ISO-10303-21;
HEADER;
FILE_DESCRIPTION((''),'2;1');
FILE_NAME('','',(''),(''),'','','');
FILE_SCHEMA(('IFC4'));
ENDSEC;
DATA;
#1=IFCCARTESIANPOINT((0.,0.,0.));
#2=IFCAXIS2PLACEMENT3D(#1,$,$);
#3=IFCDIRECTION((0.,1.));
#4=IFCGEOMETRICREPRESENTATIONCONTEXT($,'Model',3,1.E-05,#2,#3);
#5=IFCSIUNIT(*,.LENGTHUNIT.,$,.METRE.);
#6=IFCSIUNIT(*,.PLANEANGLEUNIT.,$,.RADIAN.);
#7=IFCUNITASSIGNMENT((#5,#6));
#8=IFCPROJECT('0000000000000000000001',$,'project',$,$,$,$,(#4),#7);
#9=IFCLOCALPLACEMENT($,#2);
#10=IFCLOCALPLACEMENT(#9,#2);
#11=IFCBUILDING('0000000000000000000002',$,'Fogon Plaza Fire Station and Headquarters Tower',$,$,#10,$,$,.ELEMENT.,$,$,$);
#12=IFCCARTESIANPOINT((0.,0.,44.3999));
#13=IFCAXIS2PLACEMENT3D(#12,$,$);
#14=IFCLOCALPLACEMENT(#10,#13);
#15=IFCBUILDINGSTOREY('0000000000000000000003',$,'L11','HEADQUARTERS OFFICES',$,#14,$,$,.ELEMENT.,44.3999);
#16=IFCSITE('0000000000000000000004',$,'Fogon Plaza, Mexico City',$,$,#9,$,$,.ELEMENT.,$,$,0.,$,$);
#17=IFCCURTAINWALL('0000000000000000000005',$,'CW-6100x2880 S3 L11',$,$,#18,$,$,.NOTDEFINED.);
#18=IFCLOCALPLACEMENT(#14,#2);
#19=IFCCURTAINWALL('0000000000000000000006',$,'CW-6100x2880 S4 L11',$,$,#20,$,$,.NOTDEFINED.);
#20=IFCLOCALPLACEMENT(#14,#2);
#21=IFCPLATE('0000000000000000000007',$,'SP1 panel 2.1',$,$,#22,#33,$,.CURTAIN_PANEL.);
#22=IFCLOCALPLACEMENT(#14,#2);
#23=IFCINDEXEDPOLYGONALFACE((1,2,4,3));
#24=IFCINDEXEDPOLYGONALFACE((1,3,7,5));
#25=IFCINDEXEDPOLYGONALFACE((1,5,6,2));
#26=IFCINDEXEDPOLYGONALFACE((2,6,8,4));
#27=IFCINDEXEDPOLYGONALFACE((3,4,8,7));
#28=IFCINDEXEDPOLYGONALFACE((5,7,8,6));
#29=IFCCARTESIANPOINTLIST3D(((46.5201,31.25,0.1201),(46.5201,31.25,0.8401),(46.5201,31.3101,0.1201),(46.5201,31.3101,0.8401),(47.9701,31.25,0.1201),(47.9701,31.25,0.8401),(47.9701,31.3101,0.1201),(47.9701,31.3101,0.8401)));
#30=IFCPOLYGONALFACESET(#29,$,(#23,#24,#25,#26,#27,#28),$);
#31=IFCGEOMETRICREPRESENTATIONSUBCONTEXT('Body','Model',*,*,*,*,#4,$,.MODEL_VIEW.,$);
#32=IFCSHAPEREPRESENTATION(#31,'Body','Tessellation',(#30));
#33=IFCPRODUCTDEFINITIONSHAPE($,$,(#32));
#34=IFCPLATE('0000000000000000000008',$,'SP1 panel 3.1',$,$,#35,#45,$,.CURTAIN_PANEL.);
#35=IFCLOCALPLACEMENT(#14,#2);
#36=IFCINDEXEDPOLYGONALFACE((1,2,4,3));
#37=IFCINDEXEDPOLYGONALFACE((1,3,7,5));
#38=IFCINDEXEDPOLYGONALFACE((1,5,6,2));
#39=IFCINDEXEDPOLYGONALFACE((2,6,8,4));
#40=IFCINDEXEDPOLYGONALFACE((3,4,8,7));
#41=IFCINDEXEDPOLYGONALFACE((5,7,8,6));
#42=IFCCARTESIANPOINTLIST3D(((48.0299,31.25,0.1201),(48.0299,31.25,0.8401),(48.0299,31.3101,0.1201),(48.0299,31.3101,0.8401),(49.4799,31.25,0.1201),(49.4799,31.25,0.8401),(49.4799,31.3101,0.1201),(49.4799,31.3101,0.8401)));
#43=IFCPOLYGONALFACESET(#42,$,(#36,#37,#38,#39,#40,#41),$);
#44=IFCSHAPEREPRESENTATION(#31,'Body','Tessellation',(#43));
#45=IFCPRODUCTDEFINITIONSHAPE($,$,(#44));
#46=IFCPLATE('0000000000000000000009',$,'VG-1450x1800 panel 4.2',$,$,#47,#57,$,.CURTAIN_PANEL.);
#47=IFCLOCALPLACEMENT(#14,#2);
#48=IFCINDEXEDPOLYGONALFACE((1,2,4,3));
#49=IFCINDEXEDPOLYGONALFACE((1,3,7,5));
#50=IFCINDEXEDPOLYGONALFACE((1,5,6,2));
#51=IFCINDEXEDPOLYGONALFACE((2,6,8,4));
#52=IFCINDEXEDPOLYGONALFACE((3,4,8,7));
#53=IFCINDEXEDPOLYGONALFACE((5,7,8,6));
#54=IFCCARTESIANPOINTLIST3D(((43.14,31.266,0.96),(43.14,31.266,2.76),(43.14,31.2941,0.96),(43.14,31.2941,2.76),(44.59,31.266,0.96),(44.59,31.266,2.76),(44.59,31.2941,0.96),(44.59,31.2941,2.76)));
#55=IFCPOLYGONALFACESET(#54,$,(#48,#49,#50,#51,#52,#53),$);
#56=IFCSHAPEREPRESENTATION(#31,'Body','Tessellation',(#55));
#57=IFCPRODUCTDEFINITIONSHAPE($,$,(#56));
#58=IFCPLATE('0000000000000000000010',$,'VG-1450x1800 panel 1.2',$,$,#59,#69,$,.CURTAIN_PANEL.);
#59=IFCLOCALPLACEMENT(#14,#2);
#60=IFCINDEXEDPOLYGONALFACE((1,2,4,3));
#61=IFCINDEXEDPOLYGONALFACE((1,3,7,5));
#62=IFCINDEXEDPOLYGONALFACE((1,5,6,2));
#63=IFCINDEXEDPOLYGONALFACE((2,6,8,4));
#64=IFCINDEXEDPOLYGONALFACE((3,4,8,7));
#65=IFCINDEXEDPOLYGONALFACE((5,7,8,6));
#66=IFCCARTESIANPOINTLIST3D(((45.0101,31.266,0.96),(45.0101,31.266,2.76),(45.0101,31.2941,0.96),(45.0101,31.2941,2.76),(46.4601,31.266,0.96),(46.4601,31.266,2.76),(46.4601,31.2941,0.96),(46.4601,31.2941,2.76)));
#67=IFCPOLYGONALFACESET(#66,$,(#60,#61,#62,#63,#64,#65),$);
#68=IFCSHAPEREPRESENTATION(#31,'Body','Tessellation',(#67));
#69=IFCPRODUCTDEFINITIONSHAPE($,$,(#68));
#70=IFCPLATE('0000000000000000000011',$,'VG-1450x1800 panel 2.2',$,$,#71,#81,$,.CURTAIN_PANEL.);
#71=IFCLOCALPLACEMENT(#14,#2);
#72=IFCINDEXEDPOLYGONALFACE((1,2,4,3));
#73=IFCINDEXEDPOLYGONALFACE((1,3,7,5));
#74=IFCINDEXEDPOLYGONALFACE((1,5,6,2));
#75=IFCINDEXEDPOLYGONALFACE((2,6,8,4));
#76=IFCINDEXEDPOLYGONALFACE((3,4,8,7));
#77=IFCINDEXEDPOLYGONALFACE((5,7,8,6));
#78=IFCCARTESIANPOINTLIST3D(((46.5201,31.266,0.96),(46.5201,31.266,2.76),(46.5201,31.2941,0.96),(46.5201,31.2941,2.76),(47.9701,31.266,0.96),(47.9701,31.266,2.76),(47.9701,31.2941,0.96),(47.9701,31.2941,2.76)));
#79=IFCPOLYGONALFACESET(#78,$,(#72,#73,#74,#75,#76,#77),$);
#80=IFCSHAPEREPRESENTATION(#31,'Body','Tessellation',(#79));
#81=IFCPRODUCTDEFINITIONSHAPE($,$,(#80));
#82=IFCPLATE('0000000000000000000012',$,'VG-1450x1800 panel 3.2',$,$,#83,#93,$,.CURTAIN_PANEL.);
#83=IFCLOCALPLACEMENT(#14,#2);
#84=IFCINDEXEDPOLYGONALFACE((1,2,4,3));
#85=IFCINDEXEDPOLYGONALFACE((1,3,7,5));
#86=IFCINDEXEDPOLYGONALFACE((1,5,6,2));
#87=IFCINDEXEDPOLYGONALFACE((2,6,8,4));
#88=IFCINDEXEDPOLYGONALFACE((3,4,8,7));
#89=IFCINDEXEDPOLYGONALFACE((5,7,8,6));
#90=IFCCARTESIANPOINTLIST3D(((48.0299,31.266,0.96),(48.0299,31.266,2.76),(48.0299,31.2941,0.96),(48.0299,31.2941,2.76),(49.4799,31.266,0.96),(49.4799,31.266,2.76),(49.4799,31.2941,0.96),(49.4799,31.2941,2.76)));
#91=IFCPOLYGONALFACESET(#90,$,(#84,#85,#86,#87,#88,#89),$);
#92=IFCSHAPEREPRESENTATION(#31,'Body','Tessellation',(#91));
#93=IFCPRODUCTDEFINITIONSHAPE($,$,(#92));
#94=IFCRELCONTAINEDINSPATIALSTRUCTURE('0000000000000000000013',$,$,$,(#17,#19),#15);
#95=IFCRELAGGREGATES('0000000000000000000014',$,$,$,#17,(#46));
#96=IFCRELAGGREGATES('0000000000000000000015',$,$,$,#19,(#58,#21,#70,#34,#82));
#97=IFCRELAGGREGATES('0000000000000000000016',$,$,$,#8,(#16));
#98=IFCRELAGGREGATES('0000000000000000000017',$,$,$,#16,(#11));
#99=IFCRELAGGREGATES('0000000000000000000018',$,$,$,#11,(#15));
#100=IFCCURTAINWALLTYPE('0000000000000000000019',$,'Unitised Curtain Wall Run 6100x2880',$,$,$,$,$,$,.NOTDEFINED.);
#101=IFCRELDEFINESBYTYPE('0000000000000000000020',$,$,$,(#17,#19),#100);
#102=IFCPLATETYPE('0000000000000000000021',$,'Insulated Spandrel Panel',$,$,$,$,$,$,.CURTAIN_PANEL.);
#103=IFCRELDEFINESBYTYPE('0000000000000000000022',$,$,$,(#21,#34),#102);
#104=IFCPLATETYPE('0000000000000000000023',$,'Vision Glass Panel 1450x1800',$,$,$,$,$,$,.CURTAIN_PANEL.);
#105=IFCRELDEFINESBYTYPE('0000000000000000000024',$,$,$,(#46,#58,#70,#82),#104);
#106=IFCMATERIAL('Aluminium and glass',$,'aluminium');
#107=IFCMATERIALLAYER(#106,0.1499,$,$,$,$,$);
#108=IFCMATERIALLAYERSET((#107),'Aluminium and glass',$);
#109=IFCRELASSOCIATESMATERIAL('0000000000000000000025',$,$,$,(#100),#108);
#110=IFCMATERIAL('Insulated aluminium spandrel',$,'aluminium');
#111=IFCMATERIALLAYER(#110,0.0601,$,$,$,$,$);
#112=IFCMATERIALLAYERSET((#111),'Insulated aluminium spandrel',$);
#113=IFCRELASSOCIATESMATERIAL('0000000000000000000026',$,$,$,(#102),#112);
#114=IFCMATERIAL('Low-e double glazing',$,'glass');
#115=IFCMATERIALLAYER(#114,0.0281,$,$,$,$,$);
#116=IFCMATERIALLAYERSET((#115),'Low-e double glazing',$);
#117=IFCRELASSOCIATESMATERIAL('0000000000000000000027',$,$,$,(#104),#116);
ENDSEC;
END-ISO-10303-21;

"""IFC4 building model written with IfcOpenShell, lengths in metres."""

from ifc_helpers import new_model, si_unit, direction, frame, origin, origin_2d, place, context, subcontext, project, spatial, rectangle, extrude, material, layer, layer_set, type_object, element, aggregate, save


model = new_model("IFC4")

# Units and contexts
model_context = context("Model", 3, precision=1e-05, world=origin(), true_north=direction((0.0, 1.0)))
body_context = subcontext(model_context, "Body", "Model", "MODEL_VIEW")
ifc_project = project(units=[si_unit("LENGTHUNIT", "METRE"), si_unit("PLANEANGLEUNIT", "RADIAN")], contexts=[model_context])

# Site, building, storey
site_placement = place(None, origin())
site = spatial("IfcSite", under=ifc_project, at=site_placement, Name="Fogon Plaza, Mexico City", CompositionType="ELEMENT", RefElevation=0.0)
building_placement = place(site_placement, origin())
building = spatial("IfcBuilding", under=site, at=building_placement, Name="Fogon Plaza Fire Station and Headquarters Tower", CompositionType="ELEMENT")
storey_placement = place(building_placement, frame((0.0, 0.0, 44.3999)))
storey = spatial("IfcBuildingStorey", under=building, at=storey_placement, Name="L11", Description="HEADQUARTERS OFFICES", CompositionType="ELEMENT", Elevation=44.3999)

# Curtain walls
ifc_material_1 = material(Name="Aluminium and glass", Category="aluminium")
ifc_layer_1 = layer(ifc_material_1, 0.1499)
ifc_layer_set_1 = layer_set([ifc_layer_1], Name="Aluminium and glass")
curtain_wall_type = type_object("IfcCurtainWallType", Name="Unitised Curtain Wall Run 6100x2880", PredefinedType="NOTDEFINED", material=ifc_layer_set_1)
curtain_wall_1_placement = place(storey_placement, origin())
curtain_wall_1 = element("IfcCurtainWall", 1, at=curtain_wall_1_placement, inside=storey, type_object=curtain_wall_type, Name="CW-6100x2880 S3 L11", PredefinedType="NOTDEFINED")
curtain_wall_2_placement = place(storey_placement, origin())
curtain_wall_2 = element("IfcCurtainWall", 2, at=curtain_wall_2_placement, inside=storey, type_object=curtain_wall_type, Name="CW-6100x2880 S4 L11", PredefinedType="NOTDEFINED")

# Plates
ifc_material_2 = material(Name="Insulated aluminium spandrel", Category="aluminium")
ifc_layer_2 = layer(ifc_material_2, 0.0601)
ifc_layer_set_2 = layer_set([ifc_layer_2], Name="Insulated aluminium spandrel")
plate_type_1 = type_object("IfcPlateType", Name="Insulated Spandrel Panel", PredefinedType="CURTAIN_PANEL", material=ifc_layer_set_2)
plate_1_placement = place(storey_placement, frame((47.2451, 31.28, 0.1201), z_axis=(0.0, 0.0, 1.0), x_axis=(1.0, 0.0, 0.0)))
plate_1 = element("IfcPlate", 3, at=plate_1_placement, type_object=plate_type_1, Name="SP1 panel 2.1", PredefinedType="CURTAIN_PANEL", context=body_context, shape_type="SweptSolid", body=[
    extrude(rectangle(XDim=1.45, YDim=0.0601, at=origin_2d()), origin(), (0.0, 0.0, 1.0), 0.72),
])
plate_2_placement = place(storey_placement, frame((48.7549, 31.28, 0.1201), z_axis=(0.0, 0.0, 1.0), x_axis=(1.0, 0.0, 0.0)))
plate_2 = element("IfcPlate", 4, at=plate_2_placement, type_object=plate_type_1, Name="SP1 panel 3.1", PredefinedType="CURTAIN_PANEL", context=body_context, shape_type="SweptSolid", body=[
    extrude(rectangle(XDim=1.45, YDim=0.0601, at=origin_2d()), origin(), (0.0, 0.0, 1.0), 0.72),
])
ifc_material_3 = material(Name="Low-e double glazing", Category="glass")
ifc_layer_3 = layer(ifc_material_3, 0.0281)
ifc_layer_set_3 = layer_set([ifc_layer_3], Name="Low-e double glazing")
plate_type_2 = type_object("IfcPlateType", Name="Vision Glass Panel 1450x1800", PredefinedType="CURTAIN_PANEL", material=ifc_layer_set_3)
plate_3_placement = place(storey_placement, frame((43.865, 31.28, 0.96), z_axis=(0.0, 0.0, 1.0), x_axis=(1.0, 0.0, 0.0)))
plate_3 = element("IfcPlate", 5, at=plate_3_placement, type_object=plate_type_2, Name="VG-1450x1800 panel 4.2", PredefinedType="CURTAIN_PANEL", context=body_context, shape_type="SweptSolid", body=[
    extrude(rectangle(XDim=1.45, YDim=0.0281, at=origin_2d()), origin(), (0.0, 0.0, 1.0), 1.8),
])
aggregate(curtain_wall_1, [plate_3])
plate_4_placement = place(storey_placement, frame((45.7351, 31.28, 0.96), z_axis=(0.0, 0.0, 1.0), x_axis=(1.0, 0.0, 0.0)))
plate_4 = element("IfcPlate", 6, at=plate_4_placement, type_object=plate_type_2, Name="VG-1450x1800 panel 1.2", PredefinedType="CURTAIN_PANEL", context=body_context, shape_type="SweptSolid", body=[
    extrude(rectangle(XDim=1.45, YDim=0.0281, at=origin_2d()), origin(), (0.0, 0.0, 1.0), 1.8),
])
plate_5_placement = place(storey_placement, frame((47.2451, 31.28, 0.96), z_axis=(0.0, 0.0, 1.0), x_axis=(1.0, 0.0, 0.0)))
plate_5 = element("IfcPlate", 7, at=plate_5_placement, type_object=plate_type_2, Name="VG-1450x1800 panel 2.2", PredefinedType="CURTAIN_PANEL", context=body_context, shape_type="SweptSolid", body=[
    extrude(rectangle(XDim=1.45, YDim=0.0281, at=origin_2d()), origin(), (0.0, 0.0, 1.0), 1.8),
])
plate_6_placement = place(storey_placement, frame((48.7549, 31.28, 0.96), z_axis=(0.0, 0.0, 1.0), x_axis=(1.0, 0.0, 0.0)))
plate_6 = element("IfcPlate", 8, at=plate_6_placement, type_object=plate_type_2, Name="VG-1450x1800 panel 3.2", PredefinedType="CURTAIN_PANEL", context=body_context, shape_type="SweptSolid", body=[
    extrude(rectangle(XDim=1.45, YDim=0.0281, at=origin_2d()), origin(), (0.0, 0.0, 1.0), 1.8),
])
aggregate(curtain_wall_2, [plate_4, plate_1, plate_5, plate_2, plate_6])

save(model, "model.ifc")
